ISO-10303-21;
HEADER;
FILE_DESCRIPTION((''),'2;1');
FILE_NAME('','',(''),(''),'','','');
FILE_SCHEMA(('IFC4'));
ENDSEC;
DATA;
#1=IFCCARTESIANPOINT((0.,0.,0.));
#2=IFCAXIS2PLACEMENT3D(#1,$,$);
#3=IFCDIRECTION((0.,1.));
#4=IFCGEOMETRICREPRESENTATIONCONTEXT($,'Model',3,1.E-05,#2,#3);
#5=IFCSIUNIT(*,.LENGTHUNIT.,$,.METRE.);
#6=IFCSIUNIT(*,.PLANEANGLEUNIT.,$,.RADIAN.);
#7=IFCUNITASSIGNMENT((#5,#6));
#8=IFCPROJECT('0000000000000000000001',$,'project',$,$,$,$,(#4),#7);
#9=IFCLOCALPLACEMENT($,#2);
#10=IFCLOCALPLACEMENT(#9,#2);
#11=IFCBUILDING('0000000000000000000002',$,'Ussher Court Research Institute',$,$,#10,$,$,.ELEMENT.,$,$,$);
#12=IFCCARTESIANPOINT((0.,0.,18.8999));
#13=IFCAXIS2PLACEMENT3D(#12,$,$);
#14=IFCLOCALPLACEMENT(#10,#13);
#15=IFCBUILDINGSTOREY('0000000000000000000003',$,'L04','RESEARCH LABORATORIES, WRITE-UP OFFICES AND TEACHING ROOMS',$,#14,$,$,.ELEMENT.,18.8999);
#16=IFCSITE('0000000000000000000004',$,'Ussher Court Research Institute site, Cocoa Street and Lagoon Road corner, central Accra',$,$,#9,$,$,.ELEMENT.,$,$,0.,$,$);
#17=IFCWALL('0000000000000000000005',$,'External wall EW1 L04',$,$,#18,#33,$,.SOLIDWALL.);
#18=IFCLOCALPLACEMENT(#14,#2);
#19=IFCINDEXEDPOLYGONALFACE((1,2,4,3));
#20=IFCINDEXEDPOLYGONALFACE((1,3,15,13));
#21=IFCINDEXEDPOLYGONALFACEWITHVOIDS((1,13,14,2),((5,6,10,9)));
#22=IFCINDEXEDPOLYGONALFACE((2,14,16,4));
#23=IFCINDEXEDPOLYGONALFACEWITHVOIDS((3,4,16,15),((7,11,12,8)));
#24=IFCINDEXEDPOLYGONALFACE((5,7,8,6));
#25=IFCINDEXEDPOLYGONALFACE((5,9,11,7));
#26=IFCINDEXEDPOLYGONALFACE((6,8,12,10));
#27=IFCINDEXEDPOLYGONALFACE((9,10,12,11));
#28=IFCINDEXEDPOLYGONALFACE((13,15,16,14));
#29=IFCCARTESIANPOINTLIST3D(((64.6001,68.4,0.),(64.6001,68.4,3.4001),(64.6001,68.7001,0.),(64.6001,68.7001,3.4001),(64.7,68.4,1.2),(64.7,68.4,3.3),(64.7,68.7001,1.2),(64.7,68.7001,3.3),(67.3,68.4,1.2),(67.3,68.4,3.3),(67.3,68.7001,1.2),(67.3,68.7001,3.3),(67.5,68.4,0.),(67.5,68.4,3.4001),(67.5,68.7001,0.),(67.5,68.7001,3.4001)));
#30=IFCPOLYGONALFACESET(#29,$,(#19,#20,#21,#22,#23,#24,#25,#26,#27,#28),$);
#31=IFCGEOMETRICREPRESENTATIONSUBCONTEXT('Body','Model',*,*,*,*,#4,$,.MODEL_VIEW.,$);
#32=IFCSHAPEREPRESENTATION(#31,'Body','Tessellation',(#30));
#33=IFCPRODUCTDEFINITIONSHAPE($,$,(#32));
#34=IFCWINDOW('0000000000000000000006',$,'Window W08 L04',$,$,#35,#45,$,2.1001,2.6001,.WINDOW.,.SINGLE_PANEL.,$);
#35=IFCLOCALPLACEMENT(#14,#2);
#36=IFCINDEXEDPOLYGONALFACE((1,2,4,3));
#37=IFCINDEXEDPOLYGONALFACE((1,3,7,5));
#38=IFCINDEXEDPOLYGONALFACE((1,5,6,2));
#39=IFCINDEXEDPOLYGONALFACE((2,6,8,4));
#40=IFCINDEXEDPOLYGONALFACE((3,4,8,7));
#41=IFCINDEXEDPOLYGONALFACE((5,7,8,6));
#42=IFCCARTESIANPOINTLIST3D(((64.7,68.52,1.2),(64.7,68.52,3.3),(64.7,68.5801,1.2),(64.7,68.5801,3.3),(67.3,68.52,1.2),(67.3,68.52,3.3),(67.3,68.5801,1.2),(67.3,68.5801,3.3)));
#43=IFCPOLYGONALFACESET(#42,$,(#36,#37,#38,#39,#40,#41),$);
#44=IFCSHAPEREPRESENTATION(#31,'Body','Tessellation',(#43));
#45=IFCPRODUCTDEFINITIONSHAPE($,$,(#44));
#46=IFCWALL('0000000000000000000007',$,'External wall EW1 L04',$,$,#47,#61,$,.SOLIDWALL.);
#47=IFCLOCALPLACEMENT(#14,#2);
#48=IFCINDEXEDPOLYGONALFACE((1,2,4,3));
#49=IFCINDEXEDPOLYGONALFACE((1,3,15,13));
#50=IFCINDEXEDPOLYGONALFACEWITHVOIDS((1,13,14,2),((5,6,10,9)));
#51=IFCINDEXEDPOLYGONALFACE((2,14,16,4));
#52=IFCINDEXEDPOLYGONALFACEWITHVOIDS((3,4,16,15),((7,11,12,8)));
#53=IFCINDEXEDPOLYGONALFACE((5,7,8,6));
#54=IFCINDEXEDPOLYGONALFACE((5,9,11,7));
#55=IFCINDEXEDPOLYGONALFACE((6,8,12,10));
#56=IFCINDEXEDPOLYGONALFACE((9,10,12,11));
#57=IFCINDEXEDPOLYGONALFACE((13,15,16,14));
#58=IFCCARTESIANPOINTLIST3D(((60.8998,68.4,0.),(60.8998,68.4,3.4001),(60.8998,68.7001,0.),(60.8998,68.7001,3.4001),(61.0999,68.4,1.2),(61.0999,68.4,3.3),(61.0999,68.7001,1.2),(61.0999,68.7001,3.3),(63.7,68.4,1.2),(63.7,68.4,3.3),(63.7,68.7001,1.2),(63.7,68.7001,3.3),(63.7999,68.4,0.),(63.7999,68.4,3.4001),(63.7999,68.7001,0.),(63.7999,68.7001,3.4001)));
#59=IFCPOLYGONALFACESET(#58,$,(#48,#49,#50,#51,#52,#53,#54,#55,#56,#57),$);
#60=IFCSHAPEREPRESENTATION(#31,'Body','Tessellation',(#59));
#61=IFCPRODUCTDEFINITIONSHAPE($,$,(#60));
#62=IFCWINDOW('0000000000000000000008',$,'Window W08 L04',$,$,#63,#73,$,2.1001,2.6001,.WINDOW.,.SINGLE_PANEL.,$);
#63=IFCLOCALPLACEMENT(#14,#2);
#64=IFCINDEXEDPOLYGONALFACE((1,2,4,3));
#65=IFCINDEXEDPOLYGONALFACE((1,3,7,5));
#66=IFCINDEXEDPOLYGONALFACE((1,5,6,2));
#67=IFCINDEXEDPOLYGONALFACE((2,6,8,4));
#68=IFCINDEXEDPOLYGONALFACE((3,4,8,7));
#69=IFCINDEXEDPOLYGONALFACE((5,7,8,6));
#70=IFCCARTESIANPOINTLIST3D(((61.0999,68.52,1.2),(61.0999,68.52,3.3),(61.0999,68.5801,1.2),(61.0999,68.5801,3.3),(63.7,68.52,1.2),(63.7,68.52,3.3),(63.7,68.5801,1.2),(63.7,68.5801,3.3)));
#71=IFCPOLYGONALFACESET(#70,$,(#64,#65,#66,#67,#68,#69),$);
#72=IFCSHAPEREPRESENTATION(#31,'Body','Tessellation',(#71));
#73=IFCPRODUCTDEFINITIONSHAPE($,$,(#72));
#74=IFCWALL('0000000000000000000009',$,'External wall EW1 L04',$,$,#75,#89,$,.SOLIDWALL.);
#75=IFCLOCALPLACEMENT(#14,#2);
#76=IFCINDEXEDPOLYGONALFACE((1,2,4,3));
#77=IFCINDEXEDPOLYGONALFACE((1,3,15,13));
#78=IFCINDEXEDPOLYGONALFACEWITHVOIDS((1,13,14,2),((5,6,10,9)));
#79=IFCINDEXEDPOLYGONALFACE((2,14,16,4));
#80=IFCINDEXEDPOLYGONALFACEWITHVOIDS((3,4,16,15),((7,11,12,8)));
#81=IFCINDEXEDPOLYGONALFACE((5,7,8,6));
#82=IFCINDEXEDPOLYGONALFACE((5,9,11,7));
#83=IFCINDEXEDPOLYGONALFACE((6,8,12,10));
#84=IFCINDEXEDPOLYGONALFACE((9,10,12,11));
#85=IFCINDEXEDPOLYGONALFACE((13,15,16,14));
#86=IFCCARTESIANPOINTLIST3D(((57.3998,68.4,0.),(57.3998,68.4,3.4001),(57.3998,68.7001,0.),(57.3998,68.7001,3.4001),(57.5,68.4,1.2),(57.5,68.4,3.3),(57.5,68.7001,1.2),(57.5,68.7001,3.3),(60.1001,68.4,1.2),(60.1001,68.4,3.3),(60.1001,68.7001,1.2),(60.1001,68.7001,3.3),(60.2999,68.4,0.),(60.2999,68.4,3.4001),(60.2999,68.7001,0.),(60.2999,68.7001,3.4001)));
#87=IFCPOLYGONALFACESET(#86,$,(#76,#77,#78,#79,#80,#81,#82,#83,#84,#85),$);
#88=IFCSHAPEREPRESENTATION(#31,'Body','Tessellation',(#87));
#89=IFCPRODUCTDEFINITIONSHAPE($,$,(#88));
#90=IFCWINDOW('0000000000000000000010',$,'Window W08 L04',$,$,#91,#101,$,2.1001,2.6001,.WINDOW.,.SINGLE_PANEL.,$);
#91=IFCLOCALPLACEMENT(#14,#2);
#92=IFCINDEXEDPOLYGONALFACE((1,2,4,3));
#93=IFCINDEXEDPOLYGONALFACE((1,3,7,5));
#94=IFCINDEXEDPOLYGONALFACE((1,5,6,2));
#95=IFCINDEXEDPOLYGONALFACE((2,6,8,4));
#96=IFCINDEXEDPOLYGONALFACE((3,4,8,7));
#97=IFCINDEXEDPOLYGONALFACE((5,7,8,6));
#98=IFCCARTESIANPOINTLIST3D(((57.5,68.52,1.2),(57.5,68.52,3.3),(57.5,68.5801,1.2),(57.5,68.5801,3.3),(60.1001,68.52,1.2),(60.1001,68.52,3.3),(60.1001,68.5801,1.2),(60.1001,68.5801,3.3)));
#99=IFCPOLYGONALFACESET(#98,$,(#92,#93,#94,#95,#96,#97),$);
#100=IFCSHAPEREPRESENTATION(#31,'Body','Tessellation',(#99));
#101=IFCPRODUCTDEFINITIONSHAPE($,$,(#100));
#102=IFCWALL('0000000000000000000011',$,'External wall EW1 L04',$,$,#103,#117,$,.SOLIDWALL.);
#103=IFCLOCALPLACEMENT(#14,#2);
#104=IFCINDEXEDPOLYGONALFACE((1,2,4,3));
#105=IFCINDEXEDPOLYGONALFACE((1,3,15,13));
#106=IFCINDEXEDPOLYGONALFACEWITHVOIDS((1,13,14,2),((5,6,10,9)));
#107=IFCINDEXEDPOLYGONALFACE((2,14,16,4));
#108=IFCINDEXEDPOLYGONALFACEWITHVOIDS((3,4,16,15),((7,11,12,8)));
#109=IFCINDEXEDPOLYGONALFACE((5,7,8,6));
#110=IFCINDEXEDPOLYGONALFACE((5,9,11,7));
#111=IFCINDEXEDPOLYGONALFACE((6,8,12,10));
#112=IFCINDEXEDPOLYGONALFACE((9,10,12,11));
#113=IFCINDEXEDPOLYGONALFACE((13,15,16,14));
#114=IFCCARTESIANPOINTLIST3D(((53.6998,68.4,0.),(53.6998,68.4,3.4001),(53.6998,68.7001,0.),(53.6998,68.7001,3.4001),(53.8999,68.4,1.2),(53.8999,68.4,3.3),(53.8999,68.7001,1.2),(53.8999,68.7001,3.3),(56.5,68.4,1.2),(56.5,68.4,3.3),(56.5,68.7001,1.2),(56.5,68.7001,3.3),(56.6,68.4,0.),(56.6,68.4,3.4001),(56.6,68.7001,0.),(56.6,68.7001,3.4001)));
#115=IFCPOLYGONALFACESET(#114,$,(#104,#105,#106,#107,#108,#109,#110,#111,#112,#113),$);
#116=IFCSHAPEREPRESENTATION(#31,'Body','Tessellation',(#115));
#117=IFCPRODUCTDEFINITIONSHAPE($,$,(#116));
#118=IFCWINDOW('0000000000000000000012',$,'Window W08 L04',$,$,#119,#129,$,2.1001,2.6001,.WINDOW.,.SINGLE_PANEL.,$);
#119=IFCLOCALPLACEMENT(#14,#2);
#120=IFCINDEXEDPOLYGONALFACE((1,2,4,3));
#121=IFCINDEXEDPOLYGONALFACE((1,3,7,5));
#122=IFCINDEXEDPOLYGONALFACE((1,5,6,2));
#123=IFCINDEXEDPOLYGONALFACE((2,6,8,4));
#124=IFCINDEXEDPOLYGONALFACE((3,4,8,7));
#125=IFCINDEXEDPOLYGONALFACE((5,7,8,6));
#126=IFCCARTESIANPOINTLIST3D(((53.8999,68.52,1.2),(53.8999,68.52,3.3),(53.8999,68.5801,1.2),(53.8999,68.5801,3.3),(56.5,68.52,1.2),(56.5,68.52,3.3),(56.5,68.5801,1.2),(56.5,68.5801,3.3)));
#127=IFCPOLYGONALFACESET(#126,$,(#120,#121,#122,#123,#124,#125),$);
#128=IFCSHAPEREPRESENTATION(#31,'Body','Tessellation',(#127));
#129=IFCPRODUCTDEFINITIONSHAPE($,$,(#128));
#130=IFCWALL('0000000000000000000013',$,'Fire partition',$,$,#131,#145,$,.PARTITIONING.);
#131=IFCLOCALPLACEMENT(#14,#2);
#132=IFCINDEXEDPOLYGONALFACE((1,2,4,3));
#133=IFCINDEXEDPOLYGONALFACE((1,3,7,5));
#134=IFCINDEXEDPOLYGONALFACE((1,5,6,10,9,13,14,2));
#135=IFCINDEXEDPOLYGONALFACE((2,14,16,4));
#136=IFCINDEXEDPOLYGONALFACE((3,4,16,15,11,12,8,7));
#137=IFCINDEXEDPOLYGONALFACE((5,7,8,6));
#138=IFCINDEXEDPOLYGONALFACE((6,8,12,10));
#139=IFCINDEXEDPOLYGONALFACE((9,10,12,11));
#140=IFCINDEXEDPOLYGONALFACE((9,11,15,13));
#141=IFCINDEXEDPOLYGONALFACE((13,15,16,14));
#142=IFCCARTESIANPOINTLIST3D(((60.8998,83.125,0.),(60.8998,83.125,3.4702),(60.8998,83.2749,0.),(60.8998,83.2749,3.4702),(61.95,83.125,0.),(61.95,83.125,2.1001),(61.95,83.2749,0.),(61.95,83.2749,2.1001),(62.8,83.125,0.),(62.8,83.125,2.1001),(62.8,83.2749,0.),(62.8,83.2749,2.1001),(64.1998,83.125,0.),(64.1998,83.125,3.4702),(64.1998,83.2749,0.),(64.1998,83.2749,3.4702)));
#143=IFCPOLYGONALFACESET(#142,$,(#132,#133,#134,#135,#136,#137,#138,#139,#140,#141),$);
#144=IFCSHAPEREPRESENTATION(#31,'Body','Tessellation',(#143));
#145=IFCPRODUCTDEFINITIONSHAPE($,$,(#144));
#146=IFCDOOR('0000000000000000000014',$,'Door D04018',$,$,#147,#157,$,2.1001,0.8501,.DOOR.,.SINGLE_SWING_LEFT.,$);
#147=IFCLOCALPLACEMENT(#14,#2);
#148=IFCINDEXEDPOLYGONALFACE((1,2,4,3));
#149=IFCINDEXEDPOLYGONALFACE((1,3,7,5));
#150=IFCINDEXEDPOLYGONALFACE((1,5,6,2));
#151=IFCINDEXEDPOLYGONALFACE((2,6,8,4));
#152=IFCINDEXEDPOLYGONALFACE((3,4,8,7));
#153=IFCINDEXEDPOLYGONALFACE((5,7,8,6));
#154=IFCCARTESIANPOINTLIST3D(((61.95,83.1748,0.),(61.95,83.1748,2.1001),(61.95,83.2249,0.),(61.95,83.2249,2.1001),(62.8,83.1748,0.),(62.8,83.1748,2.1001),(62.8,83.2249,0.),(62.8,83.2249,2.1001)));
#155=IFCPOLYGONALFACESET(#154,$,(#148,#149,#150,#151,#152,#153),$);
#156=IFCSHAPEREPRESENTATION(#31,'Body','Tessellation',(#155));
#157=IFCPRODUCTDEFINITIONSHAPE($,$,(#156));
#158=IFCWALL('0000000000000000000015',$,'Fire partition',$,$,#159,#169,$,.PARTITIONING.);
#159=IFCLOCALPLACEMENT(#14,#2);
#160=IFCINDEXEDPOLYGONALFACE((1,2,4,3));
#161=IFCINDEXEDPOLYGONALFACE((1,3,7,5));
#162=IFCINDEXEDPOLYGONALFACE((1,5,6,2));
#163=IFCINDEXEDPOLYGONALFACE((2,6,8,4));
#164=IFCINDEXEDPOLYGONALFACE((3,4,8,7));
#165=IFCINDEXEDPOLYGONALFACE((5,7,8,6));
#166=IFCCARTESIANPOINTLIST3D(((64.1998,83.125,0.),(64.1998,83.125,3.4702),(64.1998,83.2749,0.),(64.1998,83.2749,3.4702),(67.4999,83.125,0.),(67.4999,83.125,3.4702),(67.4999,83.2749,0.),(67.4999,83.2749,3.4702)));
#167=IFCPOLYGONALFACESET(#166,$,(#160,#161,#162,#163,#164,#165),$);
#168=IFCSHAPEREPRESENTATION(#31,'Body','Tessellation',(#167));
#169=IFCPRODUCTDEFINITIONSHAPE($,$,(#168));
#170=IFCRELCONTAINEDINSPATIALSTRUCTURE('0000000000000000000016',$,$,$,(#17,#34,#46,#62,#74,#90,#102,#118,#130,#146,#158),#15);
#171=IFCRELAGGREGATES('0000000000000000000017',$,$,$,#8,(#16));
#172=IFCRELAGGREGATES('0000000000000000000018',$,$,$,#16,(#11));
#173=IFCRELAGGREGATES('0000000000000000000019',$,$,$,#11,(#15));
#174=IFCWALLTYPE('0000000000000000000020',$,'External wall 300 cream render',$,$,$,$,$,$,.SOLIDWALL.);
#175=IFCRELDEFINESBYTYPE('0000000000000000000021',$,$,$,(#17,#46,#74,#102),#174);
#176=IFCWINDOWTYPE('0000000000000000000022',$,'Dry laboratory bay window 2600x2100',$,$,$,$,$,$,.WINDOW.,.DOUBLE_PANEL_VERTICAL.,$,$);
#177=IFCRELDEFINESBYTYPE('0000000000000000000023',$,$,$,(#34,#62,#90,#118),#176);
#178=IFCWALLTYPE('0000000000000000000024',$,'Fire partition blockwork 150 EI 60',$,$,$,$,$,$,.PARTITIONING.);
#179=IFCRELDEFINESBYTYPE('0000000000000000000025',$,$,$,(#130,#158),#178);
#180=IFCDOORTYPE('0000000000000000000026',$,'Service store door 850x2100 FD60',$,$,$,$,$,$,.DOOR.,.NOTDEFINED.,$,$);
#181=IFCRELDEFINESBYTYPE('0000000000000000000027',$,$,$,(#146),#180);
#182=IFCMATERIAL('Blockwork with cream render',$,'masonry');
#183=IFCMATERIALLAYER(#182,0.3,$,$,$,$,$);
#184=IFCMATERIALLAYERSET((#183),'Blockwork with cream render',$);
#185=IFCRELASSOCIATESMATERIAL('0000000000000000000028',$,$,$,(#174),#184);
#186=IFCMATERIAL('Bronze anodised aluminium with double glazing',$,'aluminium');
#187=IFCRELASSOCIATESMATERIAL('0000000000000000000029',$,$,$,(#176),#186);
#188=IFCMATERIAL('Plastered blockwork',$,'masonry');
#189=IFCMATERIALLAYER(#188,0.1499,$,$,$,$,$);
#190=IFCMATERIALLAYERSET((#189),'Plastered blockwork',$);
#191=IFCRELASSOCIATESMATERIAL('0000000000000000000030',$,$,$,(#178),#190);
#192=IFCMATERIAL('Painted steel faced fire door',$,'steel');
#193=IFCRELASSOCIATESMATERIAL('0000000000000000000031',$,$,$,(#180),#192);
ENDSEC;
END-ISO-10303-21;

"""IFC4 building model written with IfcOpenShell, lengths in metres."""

from ifc_helpers import new_model, si_unit, direction, frame, frame_2d, origin, place, context, subcontext, project, spatial, rectangle, extrude, material, layer, layer_set, type_object, element, fill, save


model = new_model("IFC4")

# Units and contexts
model_context = context("Model", 3, precision=1e-05, world=origin(), true_north=direction((0.0, 1.0)))
body_context = subcontext(model_context, "Body", "Model", "MODEL_VIEW")
ifc_project = project(units=[si_unit("LENGTHUNIT", "METRE"), si_unit("PLANEANGLEUNIT", "RADIAN")], contexts=[model_context])

# Site, building, storey
site_placement = place(None, origin())
site = spatial("IfcSite", under=ifc_project, at=site_placement, Name="Ussher Court Research Institute site, Cocoa Street and Lagoon Road corner, central Accra", CompositionType="ELEMENT", RefElevation=0.0)
building_placement = place(site_placement, origin())
building = spatial("IfcBuilding", under=site, at=building_placement, Name="Ussher Court Research Institute", CompositionType="ELEMENT")
storey_placement = place(building_placement, frame((0.0, 0.0, 18.8999)))
storey = spatial("IfcBuildingStorey", under=building, at=storey_placement, Name="L04", Description="RESEARCH LABORATORIES, WRITE-UP OFFICES AND TEACHING ROOMS", CompositionType="ELEMENT", Elevation=18.8999)

# Walls, openings, windows
ifc_material_1 = material(Name="Blockwork with cream render", Category="masonry")
ifc_layer_1 = layer(ifc_material_1, 0.3)
ifc_layer_set_1 = layer_set([ifc_layer_1], Name="Blockwork with cream render")
wall_type_1 = type_object("IfcWallType", Name="External wall 300 cream render", PredefinedType="SOLIDWALL", material=ifc_layer_set_1)
wall_1_placement = place(storey_placement, frame((67.5, 68.55, 0.0), z_axis=(0.0, 0.0, 1.0), x_axis=(-1.0, 0.0, 0.0)))
wall_1 = element("IfcWall", 1, at=wall_1_placement, inside=storey, type_object=wall_type_1, Name="External wall EW1 L04", PredefinedType="SOLIDWALL", context=body_context, shape_type="SweptSolid", body=[
    extrude(rectangle(XDim=2.8999, YDim=0.3, at=frame_2d((1.45, 0.0))), origin(), (0.0, 0.0, 1.0), 3.4001),
])
opening_1_placement = place(wall_1_placement, frame((0.2, 0.0, 1.2)))
opening_1 = element("IfcOpeningElement", 2, at=opening_1_placement, cuts=wall_1, PredefinedType="OPENING", context=body_context, shape_type="SweptSolid", body=[
    extrude(rectangle(XDim=2.6001, YDim=2.1001, at=frame_2d((1.3, 1.05))), frame((0.0, 0.1602, 0.0), z_axis=(0.0, -1.0, 0.0), x_axis=(1.0, 0.0, 0.0)), (0.0, 0.0, 1.0), 0.3201),
])
ifc_material_2 = material(Name="Bronze anodised aluminium with double glazing", Category="aluminium")
window_type = type_object("IfcWindowType", Name="Dry laboratory bay window 2600x2100", PartitioningType="DOUBLE_PANEL_VERTICAL", PredefinedType="WINDOW", material=ifc_material_2)
window_1_placement = place(opening_1_placement, origin())
window_1 = element("IfcWindow", 3, at=window_1_placement, inside=storey, type_object=window_type, Name="Window W08 L04", OverallHeight=2.1001, OverallWidth=2.6001, PartitioningType="SINGLE_PANEL", PredefinedType="WINDOW", context=body_context, shape_type="SweptSolid", body=[
    extrude(rectangle(XDim=2.6001, YDim=2.1001, at=frame_2d((1.3, 1.05))), frame((0.0, 0.03, 0.0), z_axis=(0.0, -1.0, 0.0), x_axis=(1.0, 0.0, 0.0)), (0.0, 0.0, 1.0), 0.0601),
])
fill(opening_1, window_1)
wall_2_placement = place(storey_placement, frame((63.8, 68.55, 0.0), z_axis=(0.0, 0.0, 1.0), x_axis=(-1.0, 0.0, 0.0)))
wall_2 = element("IfcWall", 4, at=wall_2_placement, inside=storey, type_object=wall_type_1, Name="External wall EW1 L04", PredefinedType="SOLIDWALL", context=body_context, shape_type="SweptSolid", body=[
    extrude(rectangle(XDim=2.9001, YDim=0.3, at=frame_2d((1.4502, 0.0))), origin(), (0.0, 0.0, 1.0), 3.4001),
])
opening_2_placement = place(wall_2_placement, frame((0.1001, 0.0, 1.2)))
opening_2 = element("IfcOpeningElement", 5, at=opening_2_placement, cuts=wall_2, PredefinedType="OPENING", context=body_context, shape_type="SweptSolid", body=[
    extrude(rectangle(XDim=2.6001, YDim=2.1001, at=frame_2d((1.3, 1.05))), frame((0.0, 0.1602, 0.0), z_axis=(0.0, -1.0, 0.0), x_axis=(1.0, 0.0, 0.0)), (0.0, 0.0, 1.0), 0.3201),
])
window_2_placement = place(opening_2_placement, origin())
window_2 = element("IfcWindow", 6, at=window_2_placement, inside=storey, type_object=window_type, Name="Window W08 L04", OverallHeight=2.1001, OverallWidth=2.6001, PartitioningType="SINGLE_PANEL", PredefinedType="WINDOW", context=body_context, shape_type="SweptSolid", body=[
    extrude(rectangle(XDim=2.6001, YDim=2.1001, at=frame_2d((1.3, 1.05))), frame((0.0, 0.03, 0.0), z_axis=(0.0, -1.0, 0.0), x_axis=(1.0, 0.0, 0.0)), (0.0, 0.0, 1.0), 0.0601),
])
fill(opening_2, window_2)
wall_3_placement = place(storey_placement, frame((60.3, 68.55, 0.0), z_axis=(0.0, 0.0, 1.0), x_axis=(-1.0, 0.0, 0.0)))
wall_3 = element("IfcWall", 7, at=wall_3_placement, inside=storey, type_object=wall_type_1, Name="External wall EW1 L04", PredefinedType="SOLIDWALL", context=body_context, shape_type="SweptSolid", body=[
    extrude(rectangle(XDim=2.9001, YDim=0.3, at=frame_2d((1.4502, 0.0))), origin(), (0.0, 0.0, 1.0), 3.4001),
])
opening_3_placement = place(wall_3_placement, frame((0.2, 0.0, 1.2)))
opening_3 = element("IfcOpeningElement", 8, at=opening_3_placement, cuts=wall_3, PredefinedType="OPENING", context=body_context, shape_type="SweptSolid", body=[
    extrude(rectangle(XDim=2.6001, YDim=2.1001, at=frame_2d((1.3, 1.05))), frame((0.0, 0.1602, 0.0), z_axis=(0.0, -1.0, 0.0), x_axis=(1.0, 0.0, 0.0)), (0.0, 0.0, 1.0), 0.3201),
])
window_3_placement = place(opening_3_placement, origin())
window_3 = element("IfcWindow", 9, at=window_3_placement, inside=storey, type_object=window_type, Name="Window W08 L04", OverallHeight=2.1001, OverallWidth=2.6001, PartitioningType="SINGLE_PANEL", PredefinedType="WINDOW", context=body_context, shape_type="SweptSolid", body=[
    extrude(rectangle(XDim=2.6001, YDim=2.1001, at=frame_2d((1.3, 1.05))), frame((0.0, 0.03, 0.0), z_axis=(0.0, -1.0, 0.0), x_axis=(1.0, 0.0, 0.0)), (0.0, 0.0, 1.0), 0.0601),
])
fill(opening_3, window_3)
wall_4_placement = place(storey_placement, frame((56.6001, 68.55, 0.0), z_axis=(0.0, 0.0, 1.0), x_axis=(-1.0, 0.0, 0.0)))
wall_4 = element("IfcWall", 10, at=wall_4_placement, inside=storey, type_object=wall_type_1, Name="External wall EW1 L04", PredefinedType="SOLIDWALL", context=body_context, shape_type="SweptSolid", body=[
    extrude(rectangle(XDim=2.9001, YDim=0.3, at=frame_2d((1.4502, 0.0))), origin(), (0.0, 0.0, 1.0), 3.4001),
])
opening_4_placement = place(wall_4_placement, frame((0.1001, 0.0, 1.2)))
opening_4 = element("IfcOpeningElement", 11, at=opening_4_placement, cuts=wall_4, PredefinedType="OPENING", context=body_context, shape_type="SweptSolid", body=[
    extrude(rectangle(XDim=2.6001, YDim=2.1001, at=frame_2d((1.3, 1.05))), frame((0.0, 0.1602, 0.0), z_axis=(0.0, -1.0, 0.0), x_axis=(1.0, 0.0, 0.0)), (0.0, 0.0, 1.0), 0.3201),
])
window_4_placement = place(opening_4_placement, origin())
window_4 = element("IfcWindow", 12, at=window_4_placement, inside=storey, type_object=window_type, Name="Window W08 L04", OverallHeight=2.1001, OverallWidth=2.6001, PartitioningType="SINGLE_PANEL", PredefinedType="WINDOW", context=body_context, shape_type="SweptSolid", body=[
    extrude(rectangle(XDim=2.6001, YDim=2.1001, at=frame_2d((1.3, 1.05))), frame((0.0, 0.03, 0.0), z_axis=(0.0, -1.0, 0.0), x_axis=(1.0, 0.0, 0.0)), (0.0, 0.0, 1.0), 0.0601),
])
fill(opening_4, window_4)

# Wall, opening, door
ifc_material_3 = material(Name="Plastered blockwork", Category="masonry")
ifc_layer_2 = layer(ifc_material_3, 0.1499)
ifc_layer_set_2 = layer_set([ifc_layer_2], Name="Plastered blockwork")
wall_type_2 = type_object("IfcWallType", Name="Fire partition blockwork 150 EI 60", PredefinedType="PARTITIONING", material=ifc_layer_set_2)
wall_5_placement = place(storey_placement, frame((60.8999, 83.2, 0.0), z_axis=(0.0, 0.0, 1.0), x_axis=(1.0, 0.0, 0.0)))
wall_5 = element("IfcWall", 13, at=wall_5_placement, inside=storey, type_object=wall_type_2, Name="Fire partition", PredefinedType="PARTITIONING", context=body_context, shape_type="SweptSolid", body=[
    extrude(rectangle(XDim=3.3, YDim=0.1499, at=frame_2d((1.6499, 0.0))), origin(), (0.0, 0.0, 1.0), 3.4702),
])
opening_5_placement = place(wall_5_placement, frame((1.05, 0.0, 0.0)))
opening_5 = element("IfcOpeningElement", 14, at=opening_5_placement, cuts=wall_5, PredefinedType="OPENING", context=body_context, shape_type="SweptSolid", body=[
    extrude(rectangle(XDim=0.8501, YDim=2.1001, at=frame_2d((0.425, 1.05))), frame((0.0, 0.085, 0.0), z_axis=(0.0, -1.0, 0.0), x_axis=(1.0, 0.0, 0.0)), (0.0, 0.0, 1.0), 0.1699),
])
ifc_material_4 = material(Name="Painted steel faced fire door", Category="steel")
door_type_1 = type_object("IfcDoorType", Name="Service store door 850x2100 FD60", OperationType="NOTDEFINED", PredefinedType="DOOR", material=ifc_material_4)
door_1_placement = place(opening_5_placement, origin())
door_1 = element("IfcDoor", 15, at=door_1_placement, inside=storey, type_object=door_type_1, Name="Door D04018", OperationType="SINGLE_SWING_LEFT", OverallHeight=2.1001, OverallWidth=0.8501, PredefinedType="DOOR", context=body_context, shape_type="SweptSolid", body=[
    extrude(rectangle(XDim=0.8501, YDim=2.1001, at=frame_2d((0.425, 1.05))), frame((0.0, 0.0249, 0.0), z_axis=(0.0, -1.0, 0.0), x_axis=(1.0, 0.0, 0.0)), (0.0, 0.0, 1.0), 0.05),
])
fill(opening_5, door_1)

# Wall
wall_6_placement = place(storey_placement, frame((64.2, 83.2, 0.0), z_axis=(0.0, 0.0, 1.0), x_axis=(1.0, 0.0, 0.0)))
element("IfcWall", 16, at=wall_6_placement, inside=storey, type_object=wall_type_2, Name="Fire partition", PredefinedType="PARTITIONING", context=body_context, shape_type="SweptSolid", body=[
    extrude(rectangle(XDim=3.3, YDim=0.1499, at=frame_2d((1.6499, 0.0))), origin(), (0.0, 0.0, 1.0), 3.4702),
])

save(model, "model.ifc")
